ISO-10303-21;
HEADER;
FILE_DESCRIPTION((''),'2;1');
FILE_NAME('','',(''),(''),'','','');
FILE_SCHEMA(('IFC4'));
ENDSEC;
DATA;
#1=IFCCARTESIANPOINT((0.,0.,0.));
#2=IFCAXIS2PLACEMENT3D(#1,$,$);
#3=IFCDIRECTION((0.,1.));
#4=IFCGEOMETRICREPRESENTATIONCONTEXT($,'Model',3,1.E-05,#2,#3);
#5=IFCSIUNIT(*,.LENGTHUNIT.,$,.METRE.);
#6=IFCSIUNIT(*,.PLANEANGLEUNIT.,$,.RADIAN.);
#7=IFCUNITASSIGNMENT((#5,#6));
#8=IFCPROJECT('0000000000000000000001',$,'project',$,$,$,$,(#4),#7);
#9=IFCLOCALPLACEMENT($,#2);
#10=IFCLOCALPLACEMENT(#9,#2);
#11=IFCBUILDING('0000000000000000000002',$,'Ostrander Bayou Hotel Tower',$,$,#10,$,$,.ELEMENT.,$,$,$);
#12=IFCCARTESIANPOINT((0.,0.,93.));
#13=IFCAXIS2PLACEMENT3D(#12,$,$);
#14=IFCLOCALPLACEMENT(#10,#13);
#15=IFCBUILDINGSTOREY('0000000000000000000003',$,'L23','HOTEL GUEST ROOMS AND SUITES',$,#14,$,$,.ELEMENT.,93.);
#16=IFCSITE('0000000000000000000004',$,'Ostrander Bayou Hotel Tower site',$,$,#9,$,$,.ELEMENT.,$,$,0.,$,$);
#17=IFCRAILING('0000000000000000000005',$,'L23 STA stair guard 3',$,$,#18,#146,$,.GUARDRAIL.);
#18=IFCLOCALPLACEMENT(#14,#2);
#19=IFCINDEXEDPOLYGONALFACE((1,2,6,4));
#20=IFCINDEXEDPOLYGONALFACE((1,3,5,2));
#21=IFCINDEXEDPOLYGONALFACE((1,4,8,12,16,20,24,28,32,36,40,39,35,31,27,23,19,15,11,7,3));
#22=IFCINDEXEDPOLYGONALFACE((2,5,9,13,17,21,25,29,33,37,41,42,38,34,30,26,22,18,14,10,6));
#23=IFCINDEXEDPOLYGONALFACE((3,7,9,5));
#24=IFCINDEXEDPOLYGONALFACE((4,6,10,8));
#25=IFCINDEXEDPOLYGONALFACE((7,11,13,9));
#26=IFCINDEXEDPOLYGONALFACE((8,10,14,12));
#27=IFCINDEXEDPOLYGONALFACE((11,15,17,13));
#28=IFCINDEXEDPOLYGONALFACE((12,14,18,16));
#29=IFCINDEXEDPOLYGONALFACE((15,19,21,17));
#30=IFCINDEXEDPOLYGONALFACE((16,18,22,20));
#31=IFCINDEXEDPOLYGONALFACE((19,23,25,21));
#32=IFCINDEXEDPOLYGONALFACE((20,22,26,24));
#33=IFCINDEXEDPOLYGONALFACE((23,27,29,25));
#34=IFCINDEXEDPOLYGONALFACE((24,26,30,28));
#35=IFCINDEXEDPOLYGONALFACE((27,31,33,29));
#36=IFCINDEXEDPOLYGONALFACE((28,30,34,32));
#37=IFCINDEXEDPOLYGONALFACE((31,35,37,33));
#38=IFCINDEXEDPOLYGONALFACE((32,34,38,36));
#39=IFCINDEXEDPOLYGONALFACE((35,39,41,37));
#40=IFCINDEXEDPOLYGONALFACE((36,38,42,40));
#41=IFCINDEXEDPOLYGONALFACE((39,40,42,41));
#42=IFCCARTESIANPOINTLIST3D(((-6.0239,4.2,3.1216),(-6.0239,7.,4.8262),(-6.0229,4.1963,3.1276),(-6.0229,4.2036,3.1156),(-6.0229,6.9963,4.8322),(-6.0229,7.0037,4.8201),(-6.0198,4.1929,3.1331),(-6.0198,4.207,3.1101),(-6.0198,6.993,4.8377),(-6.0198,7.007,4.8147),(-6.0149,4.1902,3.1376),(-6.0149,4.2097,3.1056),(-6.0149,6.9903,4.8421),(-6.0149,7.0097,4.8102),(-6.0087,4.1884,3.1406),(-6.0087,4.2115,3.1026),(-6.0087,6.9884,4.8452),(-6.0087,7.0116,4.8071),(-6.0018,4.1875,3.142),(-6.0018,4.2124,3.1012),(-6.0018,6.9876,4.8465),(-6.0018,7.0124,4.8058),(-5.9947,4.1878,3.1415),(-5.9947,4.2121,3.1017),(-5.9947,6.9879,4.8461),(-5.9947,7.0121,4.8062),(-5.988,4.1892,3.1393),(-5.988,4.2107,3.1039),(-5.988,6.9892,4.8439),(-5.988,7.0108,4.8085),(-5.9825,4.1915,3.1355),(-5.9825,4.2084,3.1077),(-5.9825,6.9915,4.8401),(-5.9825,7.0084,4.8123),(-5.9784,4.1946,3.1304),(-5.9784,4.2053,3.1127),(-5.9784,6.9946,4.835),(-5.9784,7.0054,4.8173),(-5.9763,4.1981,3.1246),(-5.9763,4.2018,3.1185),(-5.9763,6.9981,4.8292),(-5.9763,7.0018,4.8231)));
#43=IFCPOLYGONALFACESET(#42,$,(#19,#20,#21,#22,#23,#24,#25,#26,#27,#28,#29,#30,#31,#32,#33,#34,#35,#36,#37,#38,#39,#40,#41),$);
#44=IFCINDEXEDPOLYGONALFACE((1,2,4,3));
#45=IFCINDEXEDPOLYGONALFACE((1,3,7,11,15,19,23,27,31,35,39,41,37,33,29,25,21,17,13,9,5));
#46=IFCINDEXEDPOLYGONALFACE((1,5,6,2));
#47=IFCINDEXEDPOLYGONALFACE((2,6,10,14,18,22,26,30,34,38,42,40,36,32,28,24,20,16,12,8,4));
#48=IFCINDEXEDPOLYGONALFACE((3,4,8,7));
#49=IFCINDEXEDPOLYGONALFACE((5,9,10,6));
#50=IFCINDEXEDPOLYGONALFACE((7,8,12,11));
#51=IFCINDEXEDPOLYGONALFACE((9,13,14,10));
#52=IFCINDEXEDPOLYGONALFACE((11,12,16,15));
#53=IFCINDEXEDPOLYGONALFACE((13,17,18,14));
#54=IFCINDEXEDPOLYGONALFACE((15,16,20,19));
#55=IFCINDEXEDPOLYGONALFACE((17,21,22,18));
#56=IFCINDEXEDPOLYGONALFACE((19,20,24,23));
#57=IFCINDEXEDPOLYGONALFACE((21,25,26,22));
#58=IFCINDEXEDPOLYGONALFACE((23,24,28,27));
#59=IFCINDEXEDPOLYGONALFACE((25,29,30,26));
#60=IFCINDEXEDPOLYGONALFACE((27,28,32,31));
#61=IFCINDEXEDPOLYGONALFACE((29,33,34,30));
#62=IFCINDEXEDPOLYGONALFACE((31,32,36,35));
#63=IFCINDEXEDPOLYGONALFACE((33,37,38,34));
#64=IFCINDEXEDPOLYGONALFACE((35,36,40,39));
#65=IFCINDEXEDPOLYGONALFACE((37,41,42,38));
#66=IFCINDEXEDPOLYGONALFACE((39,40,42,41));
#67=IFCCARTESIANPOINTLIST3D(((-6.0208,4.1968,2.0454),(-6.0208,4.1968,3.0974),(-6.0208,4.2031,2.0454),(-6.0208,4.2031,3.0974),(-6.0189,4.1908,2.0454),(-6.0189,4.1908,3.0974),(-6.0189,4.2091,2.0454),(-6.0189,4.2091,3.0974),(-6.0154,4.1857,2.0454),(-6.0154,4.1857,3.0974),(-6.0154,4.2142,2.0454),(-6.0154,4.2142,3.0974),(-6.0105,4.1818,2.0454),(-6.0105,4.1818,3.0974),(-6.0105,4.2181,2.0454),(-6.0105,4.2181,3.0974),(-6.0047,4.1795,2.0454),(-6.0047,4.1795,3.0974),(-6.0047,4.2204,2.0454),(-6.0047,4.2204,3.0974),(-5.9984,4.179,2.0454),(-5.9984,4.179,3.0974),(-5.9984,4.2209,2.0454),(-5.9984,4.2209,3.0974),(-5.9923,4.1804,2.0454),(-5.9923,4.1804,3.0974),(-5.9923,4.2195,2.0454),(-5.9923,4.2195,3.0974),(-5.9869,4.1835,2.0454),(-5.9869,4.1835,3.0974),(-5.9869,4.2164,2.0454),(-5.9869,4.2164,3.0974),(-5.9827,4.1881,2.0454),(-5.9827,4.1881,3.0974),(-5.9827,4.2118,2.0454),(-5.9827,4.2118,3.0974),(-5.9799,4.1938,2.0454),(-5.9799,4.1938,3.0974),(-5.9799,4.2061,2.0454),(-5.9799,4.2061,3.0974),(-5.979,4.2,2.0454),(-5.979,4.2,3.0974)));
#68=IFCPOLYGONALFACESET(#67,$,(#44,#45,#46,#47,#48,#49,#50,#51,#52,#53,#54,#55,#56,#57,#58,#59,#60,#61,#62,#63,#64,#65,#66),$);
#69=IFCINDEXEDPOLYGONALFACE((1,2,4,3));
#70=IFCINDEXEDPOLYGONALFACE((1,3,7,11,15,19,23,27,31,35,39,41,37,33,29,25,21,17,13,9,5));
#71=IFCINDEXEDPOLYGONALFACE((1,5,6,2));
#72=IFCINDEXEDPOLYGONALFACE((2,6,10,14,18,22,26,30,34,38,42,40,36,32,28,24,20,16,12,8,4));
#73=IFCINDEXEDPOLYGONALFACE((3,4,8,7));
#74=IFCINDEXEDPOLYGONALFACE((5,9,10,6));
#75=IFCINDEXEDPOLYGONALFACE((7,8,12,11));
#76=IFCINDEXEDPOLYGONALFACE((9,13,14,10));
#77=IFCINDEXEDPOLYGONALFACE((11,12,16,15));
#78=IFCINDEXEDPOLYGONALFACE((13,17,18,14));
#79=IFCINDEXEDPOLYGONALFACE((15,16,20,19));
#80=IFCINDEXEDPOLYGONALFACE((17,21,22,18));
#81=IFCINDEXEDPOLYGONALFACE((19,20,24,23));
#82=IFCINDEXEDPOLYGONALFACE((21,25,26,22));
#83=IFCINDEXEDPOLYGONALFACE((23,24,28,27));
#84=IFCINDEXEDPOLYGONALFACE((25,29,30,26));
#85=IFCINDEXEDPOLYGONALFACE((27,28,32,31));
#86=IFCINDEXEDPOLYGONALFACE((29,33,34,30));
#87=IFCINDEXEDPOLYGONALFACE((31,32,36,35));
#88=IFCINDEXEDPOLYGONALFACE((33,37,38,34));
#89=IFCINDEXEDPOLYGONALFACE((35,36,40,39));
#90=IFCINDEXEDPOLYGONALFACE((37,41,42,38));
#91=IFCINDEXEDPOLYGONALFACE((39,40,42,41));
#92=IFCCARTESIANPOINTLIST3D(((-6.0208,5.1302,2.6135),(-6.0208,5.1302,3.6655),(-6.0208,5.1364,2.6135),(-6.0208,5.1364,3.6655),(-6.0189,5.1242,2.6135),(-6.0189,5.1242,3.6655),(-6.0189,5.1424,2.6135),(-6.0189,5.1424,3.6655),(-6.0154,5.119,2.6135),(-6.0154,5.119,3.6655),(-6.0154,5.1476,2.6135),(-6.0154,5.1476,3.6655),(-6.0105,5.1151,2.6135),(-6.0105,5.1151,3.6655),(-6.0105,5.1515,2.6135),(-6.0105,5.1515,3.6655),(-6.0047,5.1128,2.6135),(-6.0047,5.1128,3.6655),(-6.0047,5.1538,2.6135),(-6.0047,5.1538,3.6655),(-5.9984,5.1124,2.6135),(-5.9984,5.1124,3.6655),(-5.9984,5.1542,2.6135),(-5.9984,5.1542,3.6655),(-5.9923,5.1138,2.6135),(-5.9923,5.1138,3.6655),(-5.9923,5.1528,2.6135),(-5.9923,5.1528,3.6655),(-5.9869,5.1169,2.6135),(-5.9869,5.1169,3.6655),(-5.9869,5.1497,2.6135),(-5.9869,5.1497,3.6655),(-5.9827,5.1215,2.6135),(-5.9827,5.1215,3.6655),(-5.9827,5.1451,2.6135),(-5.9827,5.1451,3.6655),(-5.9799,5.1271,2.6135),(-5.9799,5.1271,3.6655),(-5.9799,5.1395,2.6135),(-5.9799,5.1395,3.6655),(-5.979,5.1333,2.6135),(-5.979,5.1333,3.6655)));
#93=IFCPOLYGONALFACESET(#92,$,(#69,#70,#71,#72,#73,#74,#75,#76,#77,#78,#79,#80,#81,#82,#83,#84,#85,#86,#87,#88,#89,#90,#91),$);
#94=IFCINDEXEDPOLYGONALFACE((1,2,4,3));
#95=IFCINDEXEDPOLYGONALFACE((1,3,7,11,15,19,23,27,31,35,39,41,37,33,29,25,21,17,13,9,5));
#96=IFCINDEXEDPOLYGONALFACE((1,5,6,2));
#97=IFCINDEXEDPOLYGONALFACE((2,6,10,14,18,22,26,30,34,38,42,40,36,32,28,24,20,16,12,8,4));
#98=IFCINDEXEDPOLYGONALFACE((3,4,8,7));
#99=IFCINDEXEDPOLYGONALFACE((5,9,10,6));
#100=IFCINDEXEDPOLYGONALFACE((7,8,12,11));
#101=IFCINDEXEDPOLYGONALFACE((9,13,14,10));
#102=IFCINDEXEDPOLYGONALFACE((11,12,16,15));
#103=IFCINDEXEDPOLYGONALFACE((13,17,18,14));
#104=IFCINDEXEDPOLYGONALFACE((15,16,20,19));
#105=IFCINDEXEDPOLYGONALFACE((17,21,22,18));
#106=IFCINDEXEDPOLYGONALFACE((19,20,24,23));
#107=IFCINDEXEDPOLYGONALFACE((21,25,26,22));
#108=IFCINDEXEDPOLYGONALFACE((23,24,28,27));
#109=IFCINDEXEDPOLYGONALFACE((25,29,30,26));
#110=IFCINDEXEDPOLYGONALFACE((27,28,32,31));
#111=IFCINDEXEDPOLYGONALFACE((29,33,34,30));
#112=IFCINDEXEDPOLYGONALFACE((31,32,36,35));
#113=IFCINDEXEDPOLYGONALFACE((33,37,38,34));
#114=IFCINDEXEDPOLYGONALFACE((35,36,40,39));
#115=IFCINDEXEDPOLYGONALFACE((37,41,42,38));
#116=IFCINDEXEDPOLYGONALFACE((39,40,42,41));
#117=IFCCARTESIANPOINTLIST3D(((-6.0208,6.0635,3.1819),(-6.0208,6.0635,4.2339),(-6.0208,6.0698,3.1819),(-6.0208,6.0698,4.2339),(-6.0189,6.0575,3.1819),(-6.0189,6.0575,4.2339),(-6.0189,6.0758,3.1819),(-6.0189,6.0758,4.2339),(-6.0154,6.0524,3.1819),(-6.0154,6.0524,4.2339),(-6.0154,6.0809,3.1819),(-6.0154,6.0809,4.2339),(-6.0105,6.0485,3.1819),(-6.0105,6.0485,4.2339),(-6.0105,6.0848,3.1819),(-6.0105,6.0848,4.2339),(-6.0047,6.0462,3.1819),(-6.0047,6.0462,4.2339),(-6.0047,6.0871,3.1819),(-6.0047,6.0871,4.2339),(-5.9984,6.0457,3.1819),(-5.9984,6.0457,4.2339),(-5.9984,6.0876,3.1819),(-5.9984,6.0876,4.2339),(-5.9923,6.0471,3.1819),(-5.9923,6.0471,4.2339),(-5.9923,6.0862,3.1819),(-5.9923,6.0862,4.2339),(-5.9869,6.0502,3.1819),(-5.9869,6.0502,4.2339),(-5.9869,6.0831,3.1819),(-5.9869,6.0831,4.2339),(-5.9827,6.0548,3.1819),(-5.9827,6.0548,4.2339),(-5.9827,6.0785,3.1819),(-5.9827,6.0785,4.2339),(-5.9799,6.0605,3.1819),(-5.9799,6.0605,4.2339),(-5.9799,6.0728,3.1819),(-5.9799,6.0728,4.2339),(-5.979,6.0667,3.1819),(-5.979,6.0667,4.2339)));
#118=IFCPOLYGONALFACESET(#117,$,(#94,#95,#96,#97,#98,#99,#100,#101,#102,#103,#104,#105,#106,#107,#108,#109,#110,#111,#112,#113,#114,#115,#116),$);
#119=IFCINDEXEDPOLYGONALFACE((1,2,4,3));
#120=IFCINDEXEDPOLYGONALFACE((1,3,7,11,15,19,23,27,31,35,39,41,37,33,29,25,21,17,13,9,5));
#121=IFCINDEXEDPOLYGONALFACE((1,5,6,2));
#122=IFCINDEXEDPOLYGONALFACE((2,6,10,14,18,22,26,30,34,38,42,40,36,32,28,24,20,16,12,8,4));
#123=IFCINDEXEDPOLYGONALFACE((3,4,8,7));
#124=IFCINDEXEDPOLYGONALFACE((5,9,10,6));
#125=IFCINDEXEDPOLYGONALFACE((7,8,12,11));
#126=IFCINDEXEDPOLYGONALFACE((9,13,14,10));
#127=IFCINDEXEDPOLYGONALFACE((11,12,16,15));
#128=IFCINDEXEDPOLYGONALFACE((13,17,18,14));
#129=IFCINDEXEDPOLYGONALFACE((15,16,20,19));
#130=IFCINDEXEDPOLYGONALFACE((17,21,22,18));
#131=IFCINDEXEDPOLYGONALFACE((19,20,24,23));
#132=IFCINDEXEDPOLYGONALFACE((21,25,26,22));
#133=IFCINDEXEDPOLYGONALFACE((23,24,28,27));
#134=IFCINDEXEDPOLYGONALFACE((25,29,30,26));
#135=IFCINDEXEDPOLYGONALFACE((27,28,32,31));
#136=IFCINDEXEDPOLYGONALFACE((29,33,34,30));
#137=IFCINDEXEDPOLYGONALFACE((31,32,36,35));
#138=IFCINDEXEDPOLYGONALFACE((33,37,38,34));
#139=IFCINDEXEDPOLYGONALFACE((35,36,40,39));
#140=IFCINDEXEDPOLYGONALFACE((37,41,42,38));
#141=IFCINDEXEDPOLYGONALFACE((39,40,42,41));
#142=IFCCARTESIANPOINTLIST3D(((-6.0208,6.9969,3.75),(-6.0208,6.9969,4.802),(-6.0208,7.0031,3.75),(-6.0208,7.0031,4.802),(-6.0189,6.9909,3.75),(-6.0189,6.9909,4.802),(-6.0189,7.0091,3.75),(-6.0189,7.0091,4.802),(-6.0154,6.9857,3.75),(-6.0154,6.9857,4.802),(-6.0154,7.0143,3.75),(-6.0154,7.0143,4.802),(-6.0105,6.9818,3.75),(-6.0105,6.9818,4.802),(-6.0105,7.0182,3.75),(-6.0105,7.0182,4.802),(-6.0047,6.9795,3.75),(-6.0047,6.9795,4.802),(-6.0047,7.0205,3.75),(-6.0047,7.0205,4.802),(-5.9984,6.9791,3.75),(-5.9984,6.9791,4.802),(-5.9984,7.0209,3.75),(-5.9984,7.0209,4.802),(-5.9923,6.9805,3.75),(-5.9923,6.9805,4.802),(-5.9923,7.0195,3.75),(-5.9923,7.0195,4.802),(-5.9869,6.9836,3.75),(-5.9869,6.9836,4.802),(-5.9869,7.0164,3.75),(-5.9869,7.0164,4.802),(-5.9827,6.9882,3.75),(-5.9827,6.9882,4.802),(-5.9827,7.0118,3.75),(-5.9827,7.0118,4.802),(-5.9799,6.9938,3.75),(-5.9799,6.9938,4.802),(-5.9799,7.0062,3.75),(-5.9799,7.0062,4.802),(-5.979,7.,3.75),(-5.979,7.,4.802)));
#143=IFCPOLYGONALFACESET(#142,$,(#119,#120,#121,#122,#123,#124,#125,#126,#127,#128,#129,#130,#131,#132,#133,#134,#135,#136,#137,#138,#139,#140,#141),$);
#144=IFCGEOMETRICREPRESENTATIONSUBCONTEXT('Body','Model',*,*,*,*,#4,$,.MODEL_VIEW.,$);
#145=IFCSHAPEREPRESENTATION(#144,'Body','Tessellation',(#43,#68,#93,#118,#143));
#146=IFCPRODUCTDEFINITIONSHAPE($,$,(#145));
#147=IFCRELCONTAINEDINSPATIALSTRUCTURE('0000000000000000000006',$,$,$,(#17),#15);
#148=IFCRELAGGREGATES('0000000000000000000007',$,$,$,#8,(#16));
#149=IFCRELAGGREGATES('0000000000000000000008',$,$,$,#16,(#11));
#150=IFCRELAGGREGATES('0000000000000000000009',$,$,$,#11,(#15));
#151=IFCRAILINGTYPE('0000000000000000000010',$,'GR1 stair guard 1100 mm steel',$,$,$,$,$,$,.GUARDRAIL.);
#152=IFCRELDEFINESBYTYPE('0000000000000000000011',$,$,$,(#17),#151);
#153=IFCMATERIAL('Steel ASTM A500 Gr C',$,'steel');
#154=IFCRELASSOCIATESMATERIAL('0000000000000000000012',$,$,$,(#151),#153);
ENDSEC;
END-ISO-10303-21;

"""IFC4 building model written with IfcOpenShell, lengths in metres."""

from ifc_helpers import new_model, si_unit, direction, frame, origin, origin_2d, place, context, subcontext, project, spatial, circle, extrude, material, type_object, element, save


model = new_model("IFC4")

# Units and contexts
model_context = context("Model", 3, precision=1e-05, world=origin(), true_north=direction((0.0, 1.0)))
body_context = subcontext(model_context, "Body", "Model", "MODEL_VIEW")
ifc_project = project(units=[si_unit("LENGTHUNIT", "METRE"), si_unit("PLANEANGLEUNIT", "RADIAN")], contexts=[model_context])

# Site, building, storey
site_placement = place(None, origin())
site = spatial("IfcSite", under=ifc_project, at=site_placement, Name="Ostrander Bayou Hotel Tower site", CompositionType="ELEMENT", RefElevation=0.0)
building_placement = place(site_placement, origin())
building = spatial("IfcBuilding", under=site, at=building_placement, Name="Ostrander Bayou Hotel Tower", CompositionType="ELEMENT")
storey_placement = place(building_placement, frame((0.0, 0.0, 93.0)))
storey = spatial("IfcBuildingStorey", under=building, at=storey_placement, Name="L23", Description="HOTEL GUEST ROOMS AND SUITES", CompositionType="ELEMENT", Elevation=93.0)

# Railing
ifc_material_1 = material(Name="Steel ASTM A500 Gr C", Category="steel")
railing_type_1 = type_object("IfcRailingType", Name="GR1 stair guard 1100 mm steel", PredefinedType="GUARDRAIL", material=ifc_material_1)
railing_1_placement = place(storey_placement, frame((-6.0, 4.2, 2.0454)))
element("IfcRailing", 1, at=railing_1_placement, inside=storey, type_object=railing_type_1, Name="L23 STA stair guard 3", PredefinedType="GUARDRAIL", context=body_context, shape_type="SweptSolid", body=[
    extrude(circle(Radius=0.0239, at=origin_2d()), frame((0.0, 0.0, 1.0762), z_axis=(0.0, 0.85417, 0.519994), x_axis=(-1.0, 0.0, 0.0)), (0.0, 0.0, 1.0), 3.2781),
    extrude(circle(Radius=0.021, at=origin_2d()), origin(), (0.0, 0.0, 1.0), 1.052),
    extrude(circle(Radius=0.021, at=origin_2d()), frame((0.0, 0.9333, 0.5681)), (0.0, 0.0, 1.0), 1.052),
    extrude(circle(Radius=0.021, at=origin_2d()), frame((0.0, 1.8667, 1.1365)), (0.0, 0.0, 1.0), 1.052),
    extrude(circle(Radius=0.021, at=origin_2d()), frame((0.0, 2.8, 1.7046)), (0.0, 0.0, 1.0), 1.052),
])

save(model, "model.ifc")
